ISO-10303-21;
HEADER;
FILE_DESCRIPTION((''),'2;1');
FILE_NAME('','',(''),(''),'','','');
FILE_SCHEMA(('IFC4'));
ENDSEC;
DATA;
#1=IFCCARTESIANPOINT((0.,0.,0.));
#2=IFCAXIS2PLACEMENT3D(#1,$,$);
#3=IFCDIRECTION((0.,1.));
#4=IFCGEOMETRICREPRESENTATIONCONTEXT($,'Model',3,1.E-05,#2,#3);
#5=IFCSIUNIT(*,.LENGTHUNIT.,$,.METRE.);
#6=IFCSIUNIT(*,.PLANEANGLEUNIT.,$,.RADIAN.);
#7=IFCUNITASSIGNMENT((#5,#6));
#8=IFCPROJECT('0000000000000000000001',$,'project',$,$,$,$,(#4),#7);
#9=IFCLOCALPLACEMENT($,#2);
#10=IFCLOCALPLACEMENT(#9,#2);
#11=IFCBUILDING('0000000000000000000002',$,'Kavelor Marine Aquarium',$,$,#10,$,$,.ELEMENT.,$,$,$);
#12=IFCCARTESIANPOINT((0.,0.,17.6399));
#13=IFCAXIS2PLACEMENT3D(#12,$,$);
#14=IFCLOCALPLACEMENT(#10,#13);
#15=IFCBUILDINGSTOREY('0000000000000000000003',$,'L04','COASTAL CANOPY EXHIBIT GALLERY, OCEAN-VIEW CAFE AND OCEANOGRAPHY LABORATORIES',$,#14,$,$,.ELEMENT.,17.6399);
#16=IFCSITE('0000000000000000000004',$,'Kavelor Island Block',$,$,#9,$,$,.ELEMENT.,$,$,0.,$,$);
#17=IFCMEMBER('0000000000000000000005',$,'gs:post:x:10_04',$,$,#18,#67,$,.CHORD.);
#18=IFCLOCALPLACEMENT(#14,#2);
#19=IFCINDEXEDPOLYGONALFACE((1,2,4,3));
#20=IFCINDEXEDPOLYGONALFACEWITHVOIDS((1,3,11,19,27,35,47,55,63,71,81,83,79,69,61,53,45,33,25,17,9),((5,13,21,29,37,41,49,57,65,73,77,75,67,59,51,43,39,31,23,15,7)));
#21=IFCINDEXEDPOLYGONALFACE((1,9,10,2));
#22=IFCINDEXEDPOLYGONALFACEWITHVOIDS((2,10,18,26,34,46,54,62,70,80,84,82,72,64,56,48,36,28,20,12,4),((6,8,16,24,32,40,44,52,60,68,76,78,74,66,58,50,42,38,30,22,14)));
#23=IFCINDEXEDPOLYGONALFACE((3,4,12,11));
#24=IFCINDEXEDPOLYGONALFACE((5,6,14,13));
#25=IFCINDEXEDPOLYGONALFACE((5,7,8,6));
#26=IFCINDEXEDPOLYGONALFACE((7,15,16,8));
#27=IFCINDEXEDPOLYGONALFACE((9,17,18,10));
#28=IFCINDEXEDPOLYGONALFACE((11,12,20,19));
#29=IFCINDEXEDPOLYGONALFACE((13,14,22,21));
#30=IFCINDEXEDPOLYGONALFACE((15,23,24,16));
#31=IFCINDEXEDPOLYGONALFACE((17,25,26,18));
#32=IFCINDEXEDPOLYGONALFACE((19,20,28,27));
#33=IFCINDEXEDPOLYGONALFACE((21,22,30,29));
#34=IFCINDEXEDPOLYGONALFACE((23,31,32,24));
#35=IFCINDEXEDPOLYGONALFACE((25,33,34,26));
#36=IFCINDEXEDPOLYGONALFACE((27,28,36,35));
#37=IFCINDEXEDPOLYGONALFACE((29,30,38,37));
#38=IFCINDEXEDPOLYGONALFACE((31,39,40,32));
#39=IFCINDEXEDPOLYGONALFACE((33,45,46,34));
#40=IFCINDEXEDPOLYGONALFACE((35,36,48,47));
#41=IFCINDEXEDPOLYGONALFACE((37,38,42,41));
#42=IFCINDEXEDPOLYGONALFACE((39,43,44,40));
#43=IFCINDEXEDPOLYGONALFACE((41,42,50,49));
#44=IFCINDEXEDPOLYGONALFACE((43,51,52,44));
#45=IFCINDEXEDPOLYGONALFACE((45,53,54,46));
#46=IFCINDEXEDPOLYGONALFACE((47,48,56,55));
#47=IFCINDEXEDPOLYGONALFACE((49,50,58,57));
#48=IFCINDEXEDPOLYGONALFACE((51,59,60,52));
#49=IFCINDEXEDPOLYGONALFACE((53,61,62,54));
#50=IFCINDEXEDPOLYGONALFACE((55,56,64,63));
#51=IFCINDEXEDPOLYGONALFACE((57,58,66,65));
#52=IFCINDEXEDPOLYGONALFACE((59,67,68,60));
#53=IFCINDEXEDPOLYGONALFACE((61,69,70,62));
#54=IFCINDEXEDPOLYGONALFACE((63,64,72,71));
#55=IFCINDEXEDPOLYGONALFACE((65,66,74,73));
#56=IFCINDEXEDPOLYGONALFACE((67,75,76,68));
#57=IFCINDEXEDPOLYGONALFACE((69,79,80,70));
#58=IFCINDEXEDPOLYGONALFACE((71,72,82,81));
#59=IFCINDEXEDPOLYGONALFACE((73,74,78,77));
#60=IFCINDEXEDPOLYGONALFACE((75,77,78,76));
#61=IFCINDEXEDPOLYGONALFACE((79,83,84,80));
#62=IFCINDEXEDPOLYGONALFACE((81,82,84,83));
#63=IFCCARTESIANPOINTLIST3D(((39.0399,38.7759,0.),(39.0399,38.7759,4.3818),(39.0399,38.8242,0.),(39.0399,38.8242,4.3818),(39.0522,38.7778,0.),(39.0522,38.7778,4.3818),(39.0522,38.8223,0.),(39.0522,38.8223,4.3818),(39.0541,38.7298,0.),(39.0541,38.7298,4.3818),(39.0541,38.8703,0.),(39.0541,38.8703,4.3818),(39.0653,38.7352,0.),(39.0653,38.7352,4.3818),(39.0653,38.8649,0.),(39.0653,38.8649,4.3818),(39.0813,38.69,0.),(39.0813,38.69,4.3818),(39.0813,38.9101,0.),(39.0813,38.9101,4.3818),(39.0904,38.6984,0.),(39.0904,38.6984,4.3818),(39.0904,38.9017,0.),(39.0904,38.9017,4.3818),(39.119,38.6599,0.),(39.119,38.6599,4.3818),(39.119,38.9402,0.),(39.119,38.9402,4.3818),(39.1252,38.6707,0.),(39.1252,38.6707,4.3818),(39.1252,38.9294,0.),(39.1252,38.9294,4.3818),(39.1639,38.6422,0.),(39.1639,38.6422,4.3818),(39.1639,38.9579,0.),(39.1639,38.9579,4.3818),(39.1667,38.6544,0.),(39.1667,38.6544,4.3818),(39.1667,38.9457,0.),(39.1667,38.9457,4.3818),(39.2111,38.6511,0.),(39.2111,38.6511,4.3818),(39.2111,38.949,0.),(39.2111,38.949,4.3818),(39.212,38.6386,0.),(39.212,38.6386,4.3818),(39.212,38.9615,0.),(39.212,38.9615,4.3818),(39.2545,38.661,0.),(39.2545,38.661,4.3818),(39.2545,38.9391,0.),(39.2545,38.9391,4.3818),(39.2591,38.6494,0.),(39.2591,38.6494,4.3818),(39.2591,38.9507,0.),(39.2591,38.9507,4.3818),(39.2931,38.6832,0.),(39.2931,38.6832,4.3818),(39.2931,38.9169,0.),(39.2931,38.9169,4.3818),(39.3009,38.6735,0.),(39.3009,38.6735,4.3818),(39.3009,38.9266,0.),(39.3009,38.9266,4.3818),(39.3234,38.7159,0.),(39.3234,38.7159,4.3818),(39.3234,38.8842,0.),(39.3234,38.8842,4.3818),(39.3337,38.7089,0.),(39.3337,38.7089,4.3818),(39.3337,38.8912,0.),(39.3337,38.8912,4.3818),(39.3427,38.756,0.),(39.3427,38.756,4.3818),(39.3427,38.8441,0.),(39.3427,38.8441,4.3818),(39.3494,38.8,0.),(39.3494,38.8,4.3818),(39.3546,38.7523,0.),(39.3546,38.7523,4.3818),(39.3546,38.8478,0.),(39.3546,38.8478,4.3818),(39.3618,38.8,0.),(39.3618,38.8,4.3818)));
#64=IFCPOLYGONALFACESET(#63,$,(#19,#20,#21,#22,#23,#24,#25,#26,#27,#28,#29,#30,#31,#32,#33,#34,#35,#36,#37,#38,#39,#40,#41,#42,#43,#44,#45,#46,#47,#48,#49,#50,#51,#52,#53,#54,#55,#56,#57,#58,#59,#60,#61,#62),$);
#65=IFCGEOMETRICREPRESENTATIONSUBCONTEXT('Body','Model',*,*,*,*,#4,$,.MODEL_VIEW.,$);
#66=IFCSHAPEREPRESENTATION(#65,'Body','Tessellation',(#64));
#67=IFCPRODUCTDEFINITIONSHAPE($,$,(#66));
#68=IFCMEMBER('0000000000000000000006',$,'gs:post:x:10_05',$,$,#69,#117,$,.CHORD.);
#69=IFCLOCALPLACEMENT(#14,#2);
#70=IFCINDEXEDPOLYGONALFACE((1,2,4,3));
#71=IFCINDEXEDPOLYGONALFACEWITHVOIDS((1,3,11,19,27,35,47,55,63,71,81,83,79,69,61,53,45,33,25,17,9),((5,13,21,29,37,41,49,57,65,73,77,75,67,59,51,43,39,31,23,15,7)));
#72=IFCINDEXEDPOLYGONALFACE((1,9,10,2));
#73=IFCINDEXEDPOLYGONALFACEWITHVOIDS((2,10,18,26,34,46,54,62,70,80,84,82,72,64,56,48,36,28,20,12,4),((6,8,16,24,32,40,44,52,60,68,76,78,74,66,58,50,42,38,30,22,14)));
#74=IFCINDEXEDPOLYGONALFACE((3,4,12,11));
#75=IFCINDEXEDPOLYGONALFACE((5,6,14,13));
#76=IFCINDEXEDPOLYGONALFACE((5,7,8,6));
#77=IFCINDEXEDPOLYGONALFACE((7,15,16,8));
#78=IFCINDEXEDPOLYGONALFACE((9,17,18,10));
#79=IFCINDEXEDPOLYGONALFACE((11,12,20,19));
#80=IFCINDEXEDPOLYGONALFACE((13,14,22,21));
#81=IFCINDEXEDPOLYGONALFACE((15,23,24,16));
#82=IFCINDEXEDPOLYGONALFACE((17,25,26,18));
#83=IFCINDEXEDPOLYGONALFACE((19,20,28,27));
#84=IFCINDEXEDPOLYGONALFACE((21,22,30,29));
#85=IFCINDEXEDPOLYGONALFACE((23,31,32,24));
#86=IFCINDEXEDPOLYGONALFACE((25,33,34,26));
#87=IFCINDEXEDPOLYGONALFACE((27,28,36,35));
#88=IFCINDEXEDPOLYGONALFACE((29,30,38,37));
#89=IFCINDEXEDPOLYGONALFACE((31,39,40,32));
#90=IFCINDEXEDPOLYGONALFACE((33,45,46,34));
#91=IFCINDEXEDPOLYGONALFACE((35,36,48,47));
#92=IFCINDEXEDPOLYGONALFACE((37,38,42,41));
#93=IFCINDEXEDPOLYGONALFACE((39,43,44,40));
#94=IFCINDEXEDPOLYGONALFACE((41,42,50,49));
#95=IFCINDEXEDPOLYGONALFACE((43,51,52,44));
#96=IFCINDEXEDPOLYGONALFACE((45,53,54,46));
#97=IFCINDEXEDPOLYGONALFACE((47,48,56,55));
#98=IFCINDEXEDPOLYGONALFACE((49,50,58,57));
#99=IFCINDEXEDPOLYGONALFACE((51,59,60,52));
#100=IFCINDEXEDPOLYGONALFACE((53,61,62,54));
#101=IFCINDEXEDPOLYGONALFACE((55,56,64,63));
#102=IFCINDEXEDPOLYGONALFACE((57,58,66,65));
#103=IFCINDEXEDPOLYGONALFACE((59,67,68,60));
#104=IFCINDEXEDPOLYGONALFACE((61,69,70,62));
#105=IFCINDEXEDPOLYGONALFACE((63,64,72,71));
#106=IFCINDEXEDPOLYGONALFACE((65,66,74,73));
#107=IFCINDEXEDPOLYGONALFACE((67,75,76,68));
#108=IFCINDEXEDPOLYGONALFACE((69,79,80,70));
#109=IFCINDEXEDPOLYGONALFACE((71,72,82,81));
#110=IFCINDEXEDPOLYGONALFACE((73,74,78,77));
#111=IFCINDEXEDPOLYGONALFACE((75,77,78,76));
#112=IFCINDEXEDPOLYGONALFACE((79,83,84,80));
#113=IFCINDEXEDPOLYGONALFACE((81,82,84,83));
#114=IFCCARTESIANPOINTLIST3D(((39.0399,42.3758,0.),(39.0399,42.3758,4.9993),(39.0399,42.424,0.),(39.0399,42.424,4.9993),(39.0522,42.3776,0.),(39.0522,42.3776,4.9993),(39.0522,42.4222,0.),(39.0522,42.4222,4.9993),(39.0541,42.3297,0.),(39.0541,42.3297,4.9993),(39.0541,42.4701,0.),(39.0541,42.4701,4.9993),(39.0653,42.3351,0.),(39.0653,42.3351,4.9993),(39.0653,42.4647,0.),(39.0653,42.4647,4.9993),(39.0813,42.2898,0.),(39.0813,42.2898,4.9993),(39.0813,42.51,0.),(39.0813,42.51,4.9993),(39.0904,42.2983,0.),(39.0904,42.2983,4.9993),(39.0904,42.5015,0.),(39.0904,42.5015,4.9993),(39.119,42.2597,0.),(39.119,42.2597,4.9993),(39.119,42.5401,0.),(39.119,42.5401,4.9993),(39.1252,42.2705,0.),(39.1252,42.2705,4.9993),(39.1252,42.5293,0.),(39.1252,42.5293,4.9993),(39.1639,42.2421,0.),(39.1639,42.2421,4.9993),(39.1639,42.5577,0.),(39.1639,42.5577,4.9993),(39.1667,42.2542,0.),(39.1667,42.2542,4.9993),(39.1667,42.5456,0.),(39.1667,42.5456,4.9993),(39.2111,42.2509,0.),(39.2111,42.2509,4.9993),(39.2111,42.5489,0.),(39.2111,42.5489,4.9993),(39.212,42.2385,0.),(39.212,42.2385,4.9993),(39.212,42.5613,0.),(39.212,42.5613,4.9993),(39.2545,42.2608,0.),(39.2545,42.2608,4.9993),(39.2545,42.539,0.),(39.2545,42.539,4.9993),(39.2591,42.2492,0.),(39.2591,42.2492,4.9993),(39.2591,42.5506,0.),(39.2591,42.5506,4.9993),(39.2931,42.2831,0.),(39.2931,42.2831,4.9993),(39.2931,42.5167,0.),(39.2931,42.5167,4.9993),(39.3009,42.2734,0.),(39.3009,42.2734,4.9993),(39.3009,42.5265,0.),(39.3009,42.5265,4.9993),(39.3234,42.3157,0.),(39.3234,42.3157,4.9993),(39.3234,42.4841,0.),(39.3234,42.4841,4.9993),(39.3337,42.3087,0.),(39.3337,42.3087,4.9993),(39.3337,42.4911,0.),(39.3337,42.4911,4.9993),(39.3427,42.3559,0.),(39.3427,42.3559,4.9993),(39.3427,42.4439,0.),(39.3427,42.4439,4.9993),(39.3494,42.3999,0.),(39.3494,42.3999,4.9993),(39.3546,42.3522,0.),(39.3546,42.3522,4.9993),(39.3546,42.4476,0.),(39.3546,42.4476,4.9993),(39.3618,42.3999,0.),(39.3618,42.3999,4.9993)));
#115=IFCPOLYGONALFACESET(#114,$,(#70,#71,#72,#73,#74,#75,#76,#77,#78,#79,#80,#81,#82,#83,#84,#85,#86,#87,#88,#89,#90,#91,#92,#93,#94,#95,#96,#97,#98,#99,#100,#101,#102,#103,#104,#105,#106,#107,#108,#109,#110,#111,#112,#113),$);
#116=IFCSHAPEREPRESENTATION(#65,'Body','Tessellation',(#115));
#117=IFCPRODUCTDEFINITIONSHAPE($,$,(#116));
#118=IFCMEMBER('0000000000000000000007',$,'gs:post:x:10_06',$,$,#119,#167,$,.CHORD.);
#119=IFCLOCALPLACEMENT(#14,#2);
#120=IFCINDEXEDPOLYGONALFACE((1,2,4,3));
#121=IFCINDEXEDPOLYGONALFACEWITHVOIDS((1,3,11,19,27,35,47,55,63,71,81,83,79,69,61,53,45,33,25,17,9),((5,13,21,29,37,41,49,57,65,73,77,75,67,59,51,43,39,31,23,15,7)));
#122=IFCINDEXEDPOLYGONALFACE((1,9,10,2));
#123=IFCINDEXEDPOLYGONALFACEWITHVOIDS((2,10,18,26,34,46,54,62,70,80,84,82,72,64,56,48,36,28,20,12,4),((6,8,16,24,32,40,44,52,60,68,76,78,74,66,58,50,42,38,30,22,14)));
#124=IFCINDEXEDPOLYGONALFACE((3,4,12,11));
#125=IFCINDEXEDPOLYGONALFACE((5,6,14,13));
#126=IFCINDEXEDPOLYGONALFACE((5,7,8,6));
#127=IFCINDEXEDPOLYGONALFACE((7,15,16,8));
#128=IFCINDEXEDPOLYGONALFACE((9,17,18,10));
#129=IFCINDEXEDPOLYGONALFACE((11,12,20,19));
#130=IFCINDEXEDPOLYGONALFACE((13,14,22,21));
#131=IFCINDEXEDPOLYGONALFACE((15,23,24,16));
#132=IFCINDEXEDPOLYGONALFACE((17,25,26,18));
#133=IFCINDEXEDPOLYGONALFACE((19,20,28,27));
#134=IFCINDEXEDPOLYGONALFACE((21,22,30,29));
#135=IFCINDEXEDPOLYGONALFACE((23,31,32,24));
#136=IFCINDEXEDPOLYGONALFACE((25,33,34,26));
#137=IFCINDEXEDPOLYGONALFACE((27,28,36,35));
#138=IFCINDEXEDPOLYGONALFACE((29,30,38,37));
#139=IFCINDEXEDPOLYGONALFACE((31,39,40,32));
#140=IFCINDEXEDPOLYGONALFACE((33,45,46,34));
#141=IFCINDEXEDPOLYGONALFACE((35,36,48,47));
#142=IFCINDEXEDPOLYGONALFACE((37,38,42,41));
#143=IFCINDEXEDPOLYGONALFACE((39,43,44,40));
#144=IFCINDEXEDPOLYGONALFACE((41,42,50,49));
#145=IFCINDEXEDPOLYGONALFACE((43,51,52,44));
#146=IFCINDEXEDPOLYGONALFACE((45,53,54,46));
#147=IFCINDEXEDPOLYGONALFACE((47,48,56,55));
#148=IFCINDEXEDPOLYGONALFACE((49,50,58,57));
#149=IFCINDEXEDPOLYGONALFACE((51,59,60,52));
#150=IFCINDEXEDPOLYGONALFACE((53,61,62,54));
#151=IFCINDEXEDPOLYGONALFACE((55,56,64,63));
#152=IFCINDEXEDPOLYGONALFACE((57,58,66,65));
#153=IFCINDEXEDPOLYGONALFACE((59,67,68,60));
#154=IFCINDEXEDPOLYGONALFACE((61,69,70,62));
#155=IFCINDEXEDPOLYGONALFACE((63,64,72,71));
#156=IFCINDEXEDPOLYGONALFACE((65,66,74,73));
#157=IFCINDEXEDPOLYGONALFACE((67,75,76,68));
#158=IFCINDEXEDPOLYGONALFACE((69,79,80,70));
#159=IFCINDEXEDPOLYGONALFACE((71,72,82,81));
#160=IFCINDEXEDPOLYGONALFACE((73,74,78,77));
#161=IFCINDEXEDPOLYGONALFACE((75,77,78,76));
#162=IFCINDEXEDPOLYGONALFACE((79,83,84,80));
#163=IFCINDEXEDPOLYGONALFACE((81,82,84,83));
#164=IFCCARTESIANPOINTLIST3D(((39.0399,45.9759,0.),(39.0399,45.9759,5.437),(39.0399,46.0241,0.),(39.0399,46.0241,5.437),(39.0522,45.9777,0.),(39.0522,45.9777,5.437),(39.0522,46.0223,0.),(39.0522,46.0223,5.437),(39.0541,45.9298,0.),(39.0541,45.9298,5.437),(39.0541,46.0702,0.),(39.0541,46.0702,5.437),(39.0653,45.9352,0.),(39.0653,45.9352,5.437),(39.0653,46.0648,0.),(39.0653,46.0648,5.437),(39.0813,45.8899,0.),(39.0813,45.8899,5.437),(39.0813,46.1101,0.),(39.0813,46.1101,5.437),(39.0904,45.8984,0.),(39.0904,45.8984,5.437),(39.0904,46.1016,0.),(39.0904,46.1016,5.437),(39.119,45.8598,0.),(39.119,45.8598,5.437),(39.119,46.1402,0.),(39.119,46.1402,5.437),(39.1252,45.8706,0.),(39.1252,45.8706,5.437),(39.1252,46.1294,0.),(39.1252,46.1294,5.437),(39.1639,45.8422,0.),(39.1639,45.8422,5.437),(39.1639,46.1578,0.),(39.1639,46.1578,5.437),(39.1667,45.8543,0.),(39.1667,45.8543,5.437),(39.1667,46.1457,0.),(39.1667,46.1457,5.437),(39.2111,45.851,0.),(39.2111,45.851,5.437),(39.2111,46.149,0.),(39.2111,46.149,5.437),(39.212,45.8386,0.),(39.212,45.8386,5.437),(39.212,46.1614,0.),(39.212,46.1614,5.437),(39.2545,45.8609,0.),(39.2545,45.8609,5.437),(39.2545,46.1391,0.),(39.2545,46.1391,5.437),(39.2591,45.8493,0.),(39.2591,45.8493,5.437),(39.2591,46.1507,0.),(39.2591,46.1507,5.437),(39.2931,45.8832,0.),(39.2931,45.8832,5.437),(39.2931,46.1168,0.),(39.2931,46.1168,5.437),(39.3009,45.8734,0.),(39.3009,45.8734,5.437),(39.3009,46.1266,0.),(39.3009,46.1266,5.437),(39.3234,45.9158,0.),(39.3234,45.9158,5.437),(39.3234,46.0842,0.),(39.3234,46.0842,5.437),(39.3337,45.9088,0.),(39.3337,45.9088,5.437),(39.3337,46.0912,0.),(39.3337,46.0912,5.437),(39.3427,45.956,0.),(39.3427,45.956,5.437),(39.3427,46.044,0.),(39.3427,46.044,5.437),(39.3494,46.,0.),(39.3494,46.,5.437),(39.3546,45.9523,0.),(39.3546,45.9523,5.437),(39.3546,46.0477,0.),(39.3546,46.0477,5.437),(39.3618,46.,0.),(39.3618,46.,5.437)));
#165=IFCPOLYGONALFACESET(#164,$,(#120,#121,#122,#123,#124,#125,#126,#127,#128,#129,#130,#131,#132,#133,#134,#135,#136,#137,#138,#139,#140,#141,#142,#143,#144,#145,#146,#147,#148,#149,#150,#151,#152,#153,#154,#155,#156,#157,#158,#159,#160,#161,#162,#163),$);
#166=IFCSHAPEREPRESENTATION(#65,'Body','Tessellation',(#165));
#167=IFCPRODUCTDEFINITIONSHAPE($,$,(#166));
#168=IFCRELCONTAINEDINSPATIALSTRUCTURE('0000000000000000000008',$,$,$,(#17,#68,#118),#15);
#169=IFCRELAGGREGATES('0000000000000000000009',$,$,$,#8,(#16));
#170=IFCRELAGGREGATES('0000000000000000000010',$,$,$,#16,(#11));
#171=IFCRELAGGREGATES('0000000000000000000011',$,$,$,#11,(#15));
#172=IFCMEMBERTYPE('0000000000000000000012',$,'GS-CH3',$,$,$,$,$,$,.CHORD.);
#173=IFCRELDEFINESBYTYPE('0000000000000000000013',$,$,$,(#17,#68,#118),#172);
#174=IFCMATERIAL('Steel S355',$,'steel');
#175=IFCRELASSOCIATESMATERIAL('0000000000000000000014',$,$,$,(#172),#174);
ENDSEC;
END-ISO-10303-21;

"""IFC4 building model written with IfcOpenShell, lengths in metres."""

from ifc_helpers import new_model, si_unit, direction, frame, origin, origin_2d, place, context, subcontext, project, spatial, hollow_circle, extrude, material, material_profile, profile_set, type_object, element, save


model = new_model("IFC4")

# Units and contexts
model_context = context("Model", 3, precision=1e-05, world=origin(), true_north=direction((0.0, 1.0)))
body_context = subcontext(model_context, "Body", "Model", "MODEL_VIEW")
ifc_project = project(units=[si_unit("LENGTHUNIT", "METRE"), si_unit("PLANEANGLEUNIT", "RADIAN")], contexts=[model_context])

# Site, building, storey
site_placement = place(None, origin())
site = spatial("IfcSite", under=ifc_project, at=site_placement, Name="Kavelor Island Block", CompositionType="ELEMENT", RefElevation=0.0)
building_placement = place(site_placement, origin())
building = spatial("IfcBuilding", under=site, at=building_placement, Name="Kavelor Marine Aquarium", CompositionType="ELEMENT")
storey_placement = place(building_placement, frame((0.0, 0.0, 17.6399)))
storey = spatial("IfcBuildingStorey", under=building, at=storey_placement, Name="L04", Description="COASTAL CANOPY EXHIBIT GALLERY, OCEAN-VIEW CAFE AND OCEANOGRAPHY LABORATORIES", CompositionType="ELEMENT", Elevation=17.6399)

# Members
ifc_material_1 = material(Name="Steel S355", Category="steel")
ifc_material_profile_1 = material_profile(ifc_material_1, hollow_circle(Radius=0.1619, WallThickness=0.0125, at=origin_2d()), Name="CHS 323.9x12.5")
ifc_profile_set_1 = profile_set([ifc_material_profile_1], Name="Steel S355")
member_type_1 = type_object("IfcMemberType", Name="GS-CH3", PredefinedType="CHORD", material=ifc_profile_set_1)
member_1_placement = place(storey_placement, frame((39.2, 38.8, 0.0), z_axis=(0.0, 0.0, 1.0), x_axis=(1.0, 0.0, 0.0)))
element("IfcMember", 1, at=member_1_placement, inside=storey, type_object=member_type_1, Name="gs:post:x:10_04", PredefinedType="CHORD", context=body_context, shape_type="SweptSolid", body=[
    extrude(hollow_circle(Radius=0.1619, WallThickness=0.0125, at=origin_2d()), origin(), (0.0, 0.0, 1.0), 4.3818),
])
member_2_placement = place(storey_placement, frame((39.2, 42.3999, 0.0), z_axis=(0.0, 0.0, 1.0), x_axis=(1.0, 0.0, 0.0)))
element("IfcMember", 2, at=member_2_placement, inside=storey, type_object=member_type_1, Name="gs:post:x:10_05", PredefinedType="CHORD", context=body_context, shape_type="SweptSolid", body=[
    extrude(hollow_circle(Radius=0.1619, WallThickness=0.0125, at=origin_2d()), origin(), (0.0, 0.0, 1.0), 4.9993),
])
member_3_placement = place(storey_placement, frame((39.2, 46.0, 0.0), z_axis=(0.0, 0.0, 1.0), x_axis=(1.0, 0.0, 0.0)))
element("IfcMember", 3, at=member_3_placement, inside=storey, type_object=member_type_1, Name="gs:post:x:10_06", PredefinedType="CHORD", context=body_context, shape_type="SweptSolid", body=[
    extrude(hollow_circle(Radius=0.1619, WallThickness=0.0125, at=origin_2d()), origin(), (0.0, 0.0, 1.0), 5.437),
])

save(model, "model.ifc")
